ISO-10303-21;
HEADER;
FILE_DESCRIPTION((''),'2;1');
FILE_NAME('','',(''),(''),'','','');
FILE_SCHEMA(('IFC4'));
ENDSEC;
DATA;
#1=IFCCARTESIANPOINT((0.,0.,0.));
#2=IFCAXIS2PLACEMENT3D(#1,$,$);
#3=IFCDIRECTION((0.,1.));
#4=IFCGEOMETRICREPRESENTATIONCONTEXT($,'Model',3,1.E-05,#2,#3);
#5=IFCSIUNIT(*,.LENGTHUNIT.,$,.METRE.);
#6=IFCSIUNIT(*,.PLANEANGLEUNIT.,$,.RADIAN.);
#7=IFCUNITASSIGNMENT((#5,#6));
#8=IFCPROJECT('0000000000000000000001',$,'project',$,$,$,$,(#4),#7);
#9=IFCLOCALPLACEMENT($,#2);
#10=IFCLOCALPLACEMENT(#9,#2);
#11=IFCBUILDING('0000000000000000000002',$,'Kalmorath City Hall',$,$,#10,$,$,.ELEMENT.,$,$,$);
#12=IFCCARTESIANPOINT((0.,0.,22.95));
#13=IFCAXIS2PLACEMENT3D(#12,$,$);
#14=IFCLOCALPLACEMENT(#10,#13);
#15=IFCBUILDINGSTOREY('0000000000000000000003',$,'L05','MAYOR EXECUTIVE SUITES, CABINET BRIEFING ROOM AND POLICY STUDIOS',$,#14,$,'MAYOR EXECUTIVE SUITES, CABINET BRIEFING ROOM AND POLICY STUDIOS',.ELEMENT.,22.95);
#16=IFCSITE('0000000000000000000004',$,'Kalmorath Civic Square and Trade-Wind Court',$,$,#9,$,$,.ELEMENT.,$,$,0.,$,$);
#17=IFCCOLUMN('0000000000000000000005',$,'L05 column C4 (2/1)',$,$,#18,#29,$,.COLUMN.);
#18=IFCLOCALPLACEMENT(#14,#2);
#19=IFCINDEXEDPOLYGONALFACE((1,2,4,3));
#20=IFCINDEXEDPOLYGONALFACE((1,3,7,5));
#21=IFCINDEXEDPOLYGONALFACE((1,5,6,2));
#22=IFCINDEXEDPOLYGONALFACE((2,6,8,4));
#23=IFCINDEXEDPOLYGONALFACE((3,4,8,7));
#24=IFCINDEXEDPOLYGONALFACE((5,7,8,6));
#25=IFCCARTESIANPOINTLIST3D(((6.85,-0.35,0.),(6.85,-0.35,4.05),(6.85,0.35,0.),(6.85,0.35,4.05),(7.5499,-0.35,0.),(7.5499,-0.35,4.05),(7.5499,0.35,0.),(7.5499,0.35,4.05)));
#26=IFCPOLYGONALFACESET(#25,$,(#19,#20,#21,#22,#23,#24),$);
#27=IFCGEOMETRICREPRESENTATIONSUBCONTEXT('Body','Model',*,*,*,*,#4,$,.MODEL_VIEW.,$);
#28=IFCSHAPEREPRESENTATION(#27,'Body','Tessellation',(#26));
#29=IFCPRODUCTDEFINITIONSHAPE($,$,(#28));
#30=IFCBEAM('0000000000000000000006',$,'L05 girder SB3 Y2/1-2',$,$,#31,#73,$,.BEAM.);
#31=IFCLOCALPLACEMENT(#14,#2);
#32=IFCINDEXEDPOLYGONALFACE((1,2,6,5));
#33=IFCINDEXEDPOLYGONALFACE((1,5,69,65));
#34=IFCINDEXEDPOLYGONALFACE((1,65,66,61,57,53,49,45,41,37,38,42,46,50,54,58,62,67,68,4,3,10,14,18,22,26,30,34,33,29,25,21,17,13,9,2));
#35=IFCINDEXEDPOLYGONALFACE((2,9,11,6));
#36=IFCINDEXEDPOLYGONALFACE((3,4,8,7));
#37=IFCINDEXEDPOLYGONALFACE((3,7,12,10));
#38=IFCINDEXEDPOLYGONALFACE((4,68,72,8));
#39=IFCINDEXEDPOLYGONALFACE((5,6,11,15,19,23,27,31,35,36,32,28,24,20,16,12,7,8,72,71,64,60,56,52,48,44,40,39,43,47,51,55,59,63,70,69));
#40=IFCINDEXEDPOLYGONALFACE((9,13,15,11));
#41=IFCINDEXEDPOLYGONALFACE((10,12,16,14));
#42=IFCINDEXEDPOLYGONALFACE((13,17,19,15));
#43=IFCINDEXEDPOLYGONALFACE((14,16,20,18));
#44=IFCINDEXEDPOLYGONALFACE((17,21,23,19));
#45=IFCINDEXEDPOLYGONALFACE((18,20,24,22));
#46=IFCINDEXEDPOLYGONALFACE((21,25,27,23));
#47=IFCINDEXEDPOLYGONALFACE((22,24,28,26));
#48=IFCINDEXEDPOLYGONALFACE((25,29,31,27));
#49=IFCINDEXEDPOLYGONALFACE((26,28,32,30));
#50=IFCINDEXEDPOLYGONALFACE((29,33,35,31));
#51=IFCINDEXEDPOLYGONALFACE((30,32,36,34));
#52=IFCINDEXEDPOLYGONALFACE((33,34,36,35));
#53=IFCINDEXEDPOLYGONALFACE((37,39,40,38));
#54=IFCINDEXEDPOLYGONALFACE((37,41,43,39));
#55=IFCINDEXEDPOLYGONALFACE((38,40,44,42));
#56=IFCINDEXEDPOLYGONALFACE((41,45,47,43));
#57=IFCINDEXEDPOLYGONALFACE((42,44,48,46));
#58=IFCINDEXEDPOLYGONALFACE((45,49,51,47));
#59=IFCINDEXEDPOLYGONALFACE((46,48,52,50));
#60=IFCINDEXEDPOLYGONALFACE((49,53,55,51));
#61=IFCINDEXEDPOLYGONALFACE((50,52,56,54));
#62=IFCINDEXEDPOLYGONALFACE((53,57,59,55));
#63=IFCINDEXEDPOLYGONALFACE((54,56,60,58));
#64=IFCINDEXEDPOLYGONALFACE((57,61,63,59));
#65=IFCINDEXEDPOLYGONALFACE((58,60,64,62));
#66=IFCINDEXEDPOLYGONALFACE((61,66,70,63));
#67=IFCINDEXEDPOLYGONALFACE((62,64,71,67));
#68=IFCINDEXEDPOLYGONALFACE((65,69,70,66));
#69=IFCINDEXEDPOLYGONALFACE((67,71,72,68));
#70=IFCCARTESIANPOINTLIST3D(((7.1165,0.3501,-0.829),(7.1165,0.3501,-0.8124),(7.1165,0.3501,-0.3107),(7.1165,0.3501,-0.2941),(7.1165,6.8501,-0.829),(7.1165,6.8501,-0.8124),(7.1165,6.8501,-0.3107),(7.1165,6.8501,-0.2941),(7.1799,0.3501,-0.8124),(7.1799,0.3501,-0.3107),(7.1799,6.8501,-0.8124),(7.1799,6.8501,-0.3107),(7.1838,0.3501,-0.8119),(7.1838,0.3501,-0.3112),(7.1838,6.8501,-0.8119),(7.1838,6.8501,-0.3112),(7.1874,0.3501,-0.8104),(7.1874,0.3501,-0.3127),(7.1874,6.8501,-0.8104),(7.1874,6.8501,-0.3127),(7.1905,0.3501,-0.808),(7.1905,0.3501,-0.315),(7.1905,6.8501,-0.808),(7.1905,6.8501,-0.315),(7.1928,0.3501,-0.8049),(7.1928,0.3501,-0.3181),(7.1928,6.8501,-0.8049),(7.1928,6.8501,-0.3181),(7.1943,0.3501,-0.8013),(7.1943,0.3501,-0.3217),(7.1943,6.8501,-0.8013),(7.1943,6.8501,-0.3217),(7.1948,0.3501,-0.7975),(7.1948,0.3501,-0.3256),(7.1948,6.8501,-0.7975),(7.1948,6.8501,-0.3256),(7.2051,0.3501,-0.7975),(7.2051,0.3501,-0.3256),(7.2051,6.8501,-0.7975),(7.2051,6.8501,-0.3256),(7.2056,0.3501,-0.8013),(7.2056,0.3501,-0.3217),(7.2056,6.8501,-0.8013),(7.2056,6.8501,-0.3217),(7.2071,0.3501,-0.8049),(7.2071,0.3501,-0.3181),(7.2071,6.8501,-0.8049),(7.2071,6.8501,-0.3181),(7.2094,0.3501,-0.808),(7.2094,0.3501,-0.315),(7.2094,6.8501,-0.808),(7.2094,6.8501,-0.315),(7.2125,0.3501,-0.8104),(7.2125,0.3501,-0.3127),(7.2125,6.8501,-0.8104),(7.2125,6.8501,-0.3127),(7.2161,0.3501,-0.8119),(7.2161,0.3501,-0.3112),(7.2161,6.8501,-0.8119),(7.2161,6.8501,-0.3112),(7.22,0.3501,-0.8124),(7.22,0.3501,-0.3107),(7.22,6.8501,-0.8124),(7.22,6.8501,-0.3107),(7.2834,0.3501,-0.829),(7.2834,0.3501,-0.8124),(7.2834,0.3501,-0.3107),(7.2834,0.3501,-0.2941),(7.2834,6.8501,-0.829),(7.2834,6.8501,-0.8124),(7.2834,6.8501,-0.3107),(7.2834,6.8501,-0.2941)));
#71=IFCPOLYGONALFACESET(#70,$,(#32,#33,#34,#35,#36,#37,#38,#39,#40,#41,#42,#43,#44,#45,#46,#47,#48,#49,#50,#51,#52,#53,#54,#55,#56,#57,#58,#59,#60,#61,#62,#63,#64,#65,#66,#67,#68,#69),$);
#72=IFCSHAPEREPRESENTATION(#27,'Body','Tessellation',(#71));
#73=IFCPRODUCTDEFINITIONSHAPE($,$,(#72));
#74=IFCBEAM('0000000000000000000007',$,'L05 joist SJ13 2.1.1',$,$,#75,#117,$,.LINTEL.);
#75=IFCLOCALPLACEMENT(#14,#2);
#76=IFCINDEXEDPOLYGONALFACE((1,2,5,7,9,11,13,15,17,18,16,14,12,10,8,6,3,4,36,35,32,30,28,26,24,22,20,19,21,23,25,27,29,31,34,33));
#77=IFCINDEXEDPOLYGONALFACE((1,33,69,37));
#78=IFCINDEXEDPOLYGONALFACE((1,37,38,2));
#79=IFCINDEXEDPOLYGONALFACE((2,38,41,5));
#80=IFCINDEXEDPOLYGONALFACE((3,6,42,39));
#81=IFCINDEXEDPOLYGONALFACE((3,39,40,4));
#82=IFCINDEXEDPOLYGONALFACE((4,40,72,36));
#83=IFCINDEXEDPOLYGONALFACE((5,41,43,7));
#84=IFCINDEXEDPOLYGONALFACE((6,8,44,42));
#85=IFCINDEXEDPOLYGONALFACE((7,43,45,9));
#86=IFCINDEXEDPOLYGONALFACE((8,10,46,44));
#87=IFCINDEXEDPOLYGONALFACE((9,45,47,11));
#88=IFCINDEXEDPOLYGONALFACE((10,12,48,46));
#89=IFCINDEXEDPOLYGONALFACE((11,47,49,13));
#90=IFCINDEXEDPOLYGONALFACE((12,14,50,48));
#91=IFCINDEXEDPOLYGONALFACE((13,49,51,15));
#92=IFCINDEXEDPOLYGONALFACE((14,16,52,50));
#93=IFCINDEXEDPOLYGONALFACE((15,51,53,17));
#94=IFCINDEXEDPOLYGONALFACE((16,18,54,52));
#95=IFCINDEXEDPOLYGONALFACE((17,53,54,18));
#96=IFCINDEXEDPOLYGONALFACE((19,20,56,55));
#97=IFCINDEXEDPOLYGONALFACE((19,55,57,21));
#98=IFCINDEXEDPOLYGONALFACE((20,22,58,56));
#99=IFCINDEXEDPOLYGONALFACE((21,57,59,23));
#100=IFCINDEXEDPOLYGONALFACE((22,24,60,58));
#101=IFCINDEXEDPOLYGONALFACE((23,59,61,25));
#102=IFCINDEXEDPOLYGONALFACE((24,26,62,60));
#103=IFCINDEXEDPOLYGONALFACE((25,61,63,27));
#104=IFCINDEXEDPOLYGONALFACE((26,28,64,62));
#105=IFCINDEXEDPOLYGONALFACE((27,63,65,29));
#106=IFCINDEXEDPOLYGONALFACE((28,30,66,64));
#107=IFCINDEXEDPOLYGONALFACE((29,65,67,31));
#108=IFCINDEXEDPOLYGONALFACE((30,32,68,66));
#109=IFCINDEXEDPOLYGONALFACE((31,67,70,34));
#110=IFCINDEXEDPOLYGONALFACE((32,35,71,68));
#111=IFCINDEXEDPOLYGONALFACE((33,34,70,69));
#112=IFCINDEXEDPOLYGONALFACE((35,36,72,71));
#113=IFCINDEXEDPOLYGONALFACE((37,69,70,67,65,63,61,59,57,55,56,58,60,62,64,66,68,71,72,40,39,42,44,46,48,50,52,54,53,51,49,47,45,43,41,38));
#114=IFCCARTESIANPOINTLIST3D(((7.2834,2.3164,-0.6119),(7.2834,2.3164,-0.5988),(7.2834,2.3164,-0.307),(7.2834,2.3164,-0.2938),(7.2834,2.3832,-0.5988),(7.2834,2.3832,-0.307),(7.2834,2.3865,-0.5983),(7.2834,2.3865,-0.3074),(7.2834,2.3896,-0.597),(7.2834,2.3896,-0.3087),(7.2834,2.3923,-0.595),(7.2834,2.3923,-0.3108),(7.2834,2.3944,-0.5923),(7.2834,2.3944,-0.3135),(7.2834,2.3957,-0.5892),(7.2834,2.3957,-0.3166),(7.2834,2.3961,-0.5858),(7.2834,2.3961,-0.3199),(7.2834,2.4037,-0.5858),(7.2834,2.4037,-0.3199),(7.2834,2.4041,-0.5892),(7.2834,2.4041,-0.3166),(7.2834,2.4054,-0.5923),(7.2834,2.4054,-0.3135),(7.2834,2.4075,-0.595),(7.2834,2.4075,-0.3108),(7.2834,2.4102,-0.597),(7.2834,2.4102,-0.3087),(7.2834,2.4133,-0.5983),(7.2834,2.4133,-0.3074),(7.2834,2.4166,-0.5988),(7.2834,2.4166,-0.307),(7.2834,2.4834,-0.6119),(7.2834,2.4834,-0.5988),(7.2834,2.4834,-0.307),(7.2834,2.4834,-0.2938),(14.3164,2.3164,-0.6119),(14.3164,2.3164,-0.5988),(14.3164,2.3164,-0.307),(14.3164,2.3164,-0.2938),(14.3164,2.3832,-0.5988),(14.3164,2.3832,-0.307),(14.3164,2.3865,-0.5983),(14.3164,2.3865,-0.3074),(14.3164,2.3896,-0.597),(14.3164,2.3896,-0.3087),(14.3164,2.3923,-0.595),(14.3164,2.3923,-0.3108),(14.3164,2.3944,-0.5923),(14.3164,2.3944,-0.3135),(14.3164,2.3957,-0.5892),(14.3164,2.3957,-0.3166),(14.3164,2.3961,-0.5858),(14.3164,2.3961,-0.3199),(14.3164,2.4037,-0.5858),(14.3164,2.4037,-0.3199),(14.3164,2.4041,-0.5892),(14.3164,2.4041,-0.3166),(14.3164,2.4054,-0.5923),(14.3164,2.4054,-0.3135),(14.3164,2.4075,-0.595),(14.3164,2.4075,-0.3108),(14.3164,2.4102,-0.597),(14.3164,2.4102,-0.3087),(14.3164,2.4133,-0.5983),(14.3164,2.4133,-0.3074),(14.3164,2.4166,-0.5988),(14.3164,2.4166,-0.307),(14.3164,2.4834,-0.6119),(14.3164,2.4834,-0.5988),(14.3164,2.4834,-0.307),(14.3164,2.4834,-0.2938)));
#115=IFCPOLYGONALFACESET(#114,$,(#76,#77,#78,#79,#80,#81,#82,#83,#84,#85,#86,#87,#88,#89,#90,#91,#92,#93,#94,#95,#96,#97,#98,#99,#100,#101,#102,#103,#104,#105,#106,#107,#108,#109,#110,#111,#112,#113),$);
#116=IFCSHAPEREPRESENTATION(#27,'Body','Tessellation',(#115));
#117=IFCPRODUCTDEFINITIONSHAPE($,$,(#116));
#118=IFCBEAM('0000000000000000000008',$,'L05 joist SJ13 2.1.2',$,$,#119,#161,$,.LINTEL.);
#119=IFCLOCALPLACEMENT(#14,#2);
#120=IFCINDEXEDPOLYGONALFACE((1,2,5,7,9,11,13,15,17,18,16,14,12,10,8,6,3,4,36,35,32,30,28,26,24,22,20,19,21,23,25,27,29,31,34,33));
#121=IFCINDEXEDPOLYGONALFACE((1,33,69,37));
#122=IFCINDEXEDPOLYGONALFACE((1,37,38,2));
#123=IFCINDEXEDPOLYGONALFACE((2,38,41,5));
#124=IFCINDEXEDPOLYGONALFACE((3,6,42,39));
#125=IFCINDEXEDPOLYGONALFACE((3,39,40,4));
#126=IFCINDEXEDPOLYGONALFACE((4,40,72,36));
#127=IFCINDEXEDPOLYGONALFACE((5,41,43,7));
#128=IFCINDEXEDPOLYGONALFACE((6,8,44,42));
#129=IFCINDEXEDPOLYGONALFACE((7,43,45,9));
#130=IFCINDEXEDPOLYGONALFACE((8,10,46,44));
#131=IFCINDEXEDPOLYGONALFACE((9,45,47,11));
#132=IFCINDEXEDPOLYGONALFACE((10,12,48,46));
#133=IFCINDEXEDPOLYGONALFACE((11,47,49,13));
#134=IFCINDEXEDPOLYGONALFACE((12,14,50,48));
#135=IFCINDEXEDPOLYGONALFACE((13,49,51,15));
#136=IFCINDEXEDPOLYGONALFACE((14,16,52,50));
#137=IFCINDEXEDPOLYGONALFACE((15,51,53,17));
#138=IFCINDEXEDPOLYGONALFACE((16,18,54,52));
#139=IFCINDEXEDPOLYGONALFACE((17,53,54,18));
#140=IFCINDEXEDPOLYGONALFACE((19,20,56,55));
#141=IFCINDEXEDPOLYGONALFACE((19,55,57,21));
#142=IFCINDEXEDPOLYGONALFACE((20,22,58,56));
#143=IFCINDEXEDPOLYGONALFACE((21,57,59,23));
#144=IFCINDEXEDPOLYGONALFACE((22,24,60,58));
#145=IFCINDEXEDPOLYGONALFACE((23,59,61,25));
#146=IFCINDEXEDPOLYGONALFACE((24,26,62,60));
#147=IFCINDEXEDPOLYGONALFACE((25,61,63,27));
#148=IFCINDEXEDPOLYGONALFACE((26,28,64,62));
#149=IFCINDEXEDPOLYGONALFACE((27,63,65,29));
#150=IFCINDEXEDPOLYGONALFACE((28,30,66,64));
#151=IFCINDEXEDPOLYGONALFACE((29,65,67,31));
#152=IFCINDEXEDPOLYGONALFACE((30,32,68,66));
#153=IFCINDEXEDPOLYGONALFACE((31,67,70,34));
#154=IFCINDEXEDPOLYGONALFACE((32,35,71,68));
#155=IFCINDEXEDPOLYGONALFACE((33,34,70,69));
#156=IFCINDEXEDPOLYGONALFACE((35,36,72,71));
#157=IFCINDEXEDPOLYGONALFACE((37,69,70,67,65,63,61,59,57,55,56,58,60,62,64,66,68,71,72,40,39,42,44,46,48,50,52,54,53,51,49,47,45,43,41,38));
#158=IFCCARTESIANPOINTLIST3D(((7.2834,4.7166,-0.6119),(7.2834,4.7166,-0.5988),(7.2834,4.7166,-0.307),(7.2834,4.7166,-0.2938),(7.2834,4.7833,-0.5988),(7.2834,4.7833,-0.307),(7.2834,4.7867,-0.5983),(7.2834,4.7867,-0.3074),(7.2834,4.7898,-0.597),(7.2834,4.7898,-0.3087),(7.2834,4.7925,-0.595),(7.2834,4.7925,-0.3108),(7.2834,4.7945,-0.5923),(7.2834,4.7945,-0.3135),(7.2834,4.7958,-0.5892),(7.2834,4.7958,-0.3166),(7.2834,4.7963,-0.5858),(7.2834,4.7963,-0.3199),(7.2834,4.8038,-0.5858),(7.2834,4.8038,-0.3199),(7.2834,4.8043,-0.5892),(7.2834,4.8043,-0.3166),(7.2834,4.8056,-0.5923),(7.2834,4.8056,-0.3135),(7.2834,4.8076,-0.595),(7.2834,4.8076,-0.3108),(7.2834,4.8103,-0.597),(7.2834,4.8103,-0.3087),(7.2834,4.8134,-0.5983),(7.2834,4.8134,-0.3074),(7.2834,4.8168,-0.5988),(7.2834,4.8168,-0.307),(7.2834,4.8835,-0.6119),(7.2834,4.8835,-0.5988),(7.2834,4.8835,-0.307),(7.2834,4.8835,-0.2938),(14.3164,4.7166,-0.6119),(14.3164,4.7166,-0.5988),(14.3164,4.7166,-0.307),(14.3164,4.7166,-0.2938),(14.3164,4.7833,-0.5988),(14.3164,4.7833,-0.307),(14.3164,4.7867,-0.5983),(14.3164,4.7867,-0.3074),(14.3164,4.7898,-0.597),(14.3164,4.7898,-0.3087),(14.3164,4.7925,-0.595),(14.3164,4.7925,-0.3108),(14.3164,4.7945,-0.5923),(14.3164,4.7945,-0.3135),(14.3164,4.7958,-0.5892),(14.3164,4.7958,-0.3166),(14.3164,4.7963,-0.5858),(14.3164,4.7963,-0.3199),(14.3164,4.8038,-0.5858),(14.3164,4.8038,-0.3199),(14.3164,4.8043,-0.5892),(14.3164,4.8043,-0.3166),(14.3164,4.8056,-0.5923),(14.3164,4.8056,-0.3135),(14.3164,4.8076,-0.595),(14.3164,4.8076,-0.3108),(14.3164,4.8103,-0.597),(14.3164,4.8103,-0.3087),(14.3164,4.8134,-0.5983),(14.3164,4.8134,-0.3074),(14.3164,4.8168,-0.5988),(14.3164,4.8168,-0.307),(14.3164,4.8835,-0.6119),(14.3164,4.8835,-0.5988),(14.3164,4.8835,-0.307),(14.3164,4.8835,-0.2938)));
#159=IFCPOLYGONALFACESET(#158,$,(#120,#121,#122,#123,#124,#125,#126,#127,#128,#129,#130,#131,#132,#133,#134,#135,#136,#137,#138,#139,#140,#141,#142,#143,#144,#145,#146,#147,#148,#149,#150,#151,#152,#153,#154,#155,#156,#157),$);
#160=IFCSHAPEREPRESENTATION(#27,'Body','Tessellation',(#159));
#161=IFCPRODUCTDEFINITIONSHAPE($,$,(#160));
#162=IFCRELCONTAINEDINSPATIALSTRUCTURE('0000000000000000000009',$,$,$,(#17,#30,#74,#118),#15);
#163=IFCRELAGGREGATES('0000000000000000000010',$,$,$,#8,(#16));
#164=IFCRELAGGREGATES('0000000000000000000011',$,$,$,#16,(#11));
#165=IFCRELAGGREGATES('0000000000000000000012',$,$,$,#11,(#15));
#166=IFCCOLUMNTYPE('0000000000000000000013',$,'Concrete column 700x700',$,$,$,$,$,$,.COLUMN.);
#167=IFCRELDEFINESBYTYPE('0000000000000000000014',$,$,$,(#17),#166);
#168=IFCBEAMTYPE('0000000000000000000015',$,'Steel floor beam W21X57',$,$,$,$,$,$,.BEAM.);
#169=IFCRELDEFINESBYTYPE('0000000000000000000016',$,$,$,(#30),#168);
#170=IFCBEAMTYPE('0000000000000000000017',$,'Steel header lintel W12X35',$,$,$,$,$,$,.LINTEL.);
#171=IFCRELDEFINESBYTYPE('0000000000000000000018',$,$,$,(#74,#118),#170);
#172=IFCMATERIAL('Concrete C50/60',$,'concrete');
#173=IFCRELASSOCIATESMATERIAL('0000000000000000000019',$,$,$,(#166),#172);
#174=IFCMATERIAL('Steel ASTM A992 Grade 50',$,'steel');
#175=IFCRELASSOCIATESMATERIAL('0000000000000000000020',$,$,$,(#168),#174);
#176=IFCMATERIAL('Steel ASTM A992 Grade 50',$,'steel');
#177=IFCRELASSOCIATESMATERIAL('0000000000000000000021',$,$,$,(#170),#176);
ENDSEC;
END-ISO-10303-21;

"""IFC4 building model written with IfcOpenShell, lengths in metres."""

from ifc_helpers import new_model, si_unit, direction, frame, origin, origin_2d, place, context, subcontext, project, spatial, rectangle, i_section, extrude, material, material_profile, profile_set, type_object, element, save


model = new_model("IFC4")

# Units and contexts
model_context = context("Model", 3, precision=1e-05, world=origin(), true_north=direction((0.0, 1.0)))
body_context = subcontext(model_context, "Body", "Model", "MODEL_VIEW")
ifc_project = project(units=[si_unit("LENGTHUNIT", "METRE"), si_unit("PLANEANGLEUNIT", "RADIAN")], contexts=[model_context])

# Site, building, storey
site_placement = place(None, origin())
site = spatial("IfcSite", under=ifc_project, at=site_placement, Name="Kalmorath Civic Square and Trade-Wind Court", CompositionType="ELEMENT", RefElevation=0.0)
building_placement = place(site_placement, origin())
building = spatial("IfcBuilding", under=site, at=building_placement, Name="Kalmorath City Hall", CompositionType="ELEMENT")
storey_placement = place(building_placement, frame((0.0, 0.0, 22.95)))
storey = spatial("IfcBuildingStorey", under=building, at=storey_placement, Name="L05", Description="MAYOR EXECUTIVE SUITES, CABINET BRIEFING ROOM AND POLICY STUDIOS", LongName="MAYOR EXECUTIVE SUITES, CABINET BRIEFING ROOM AND POLICY STUDIOS", CompositionType="ELEMENT", Elevation=22.95)

# Column
ifc_material_1 = material(Name="Concrete C50/60", Category="concrete")
ifc_material_profile_1 = material_profile(ifc_material_1, rectangle(XDim=0.7, YDim=0.7, at=origin_2d()), Name="RC-COL-700X700")
ifc_profile_set_1 = profile_set([ifc_material_profile_1], Name="Concrete C50/60")
column_type = type_object("IfcColumnType", Name="Concrete column 700x700", PredefinedType="COLUMN", material=ifc_profile_set_1)
column_placement = place(storey_placement, frame((7.2, 0.0, 0.0), z_axis=(0.0, 0.0, 1.0), x_axis=(1.0, 0.0, 0.0)))
element("IfcColumn", 1, at=column_placement, inside=storey, type_object=column_type, Name="L05 column C4 (2/1)", PredefinedType="COLUMN", context=body_context, shape_type="SweptSolid", body=[
    extrude(rectangle(XDim=0.7, YDim=0.7, at=origin_2d()), origin(), (0.0, 0.0, 1.0), 4.05),
])

# Beams
ifc_material_2 = material(Name="Steel ASTM A992 Grade 50", Category="steel")
ifc_material_profile_2 = material_profile(ifc_material_2, i_section(OverallWidth=0.167, OverallDepth=0.5349, WebThickness=0.0103, FlangeThickness=0.0166, FilletRadius=0.0149, at=origin_2d()), Name="W21X57")
ifc_profile_set_2 = profile_set([ifc_material_profile_2], Name="Steel ASTM A992 Grade 50")
beam_type_1 = type_object("IfcBeamType", Name="Steel floor beam W21X57", PredefinedType="BEAM", material=ifc_profile_set_2)
beam_1_placement = place(storey_placement, frame((7.2, 0.3501, -0.5615), z_axis=(0.0, 1.0, 0.0), x_axis=(-1.0, 0.0, 0.0)))
element("IfcBeam", 2, at=beam_1_placement, inside=storey, type_object=beam_type_1, Name="L05 girder SB3 Y2/1-2", PredefinedType="BEAM", context=body_context, shape_type="SweptSolid", body=[
    extrude(i_section(OverallWidth=0.167, OverallDepth=0.5349, WebThickness=0.0103, FlangeThickness=0.0166, FilletRadius=0.0149, at=origin_2d()), origin(), (0.0, 0.0, 1.0), 6.5),
])
ifc_material_3 = material(Name="Steel ASTM A992 Grade 50", Category="steel")
ifc_material_profile_3 = material_profile(ifc_material_3, i_section(OverallWidth=0.167, OverallDepth=0.3181, WebThickness=0.0076, FlangeThickness=0.0132, FilletRadius=0.0129, at=origin_2d()), Name="W12X35")
ifc_profile_set_3 = profile_set([ifc_material_profile_3], Name="Steel ASTM A992 Grade 50")
beam_type_2 = type_object("IfcBeamType", Name="Steel header lintel W12X35", PredefinedType="LINTEL", material=ifc_profile_set_3)
for number, where, z_axis, x_axis, name in (
    (3, (7.2834, 2.3999, -0.4529), (1.0, 0.0, 0.0), (0.0, 1.0, 0.0), "L05 joist SJ13 2.1.1"),
    (4, (7.2834, 4.8, -0.4529), (1.0, 0.0, 0.0), (0.0, 1.0, 0.0), "L05 joist SJ13 2.1.2"),
):
    element("IfcBeam", number, at=place(storey_placement, frame(where, z_axis=z_axis, x_axis=x_axis)), inside=storey, type_object=beam_type_2, Name=name, PredefinedType="LINTEL", context=body_context, shape_type="SweptSolid", body=[
        extrude(i_section(OverallWidth=0.167, OverallDepth=0.3181, WebThickness=0.0076, FlangeThickness=0.0132, FilletRadius=0.0129, at=origin_2d()), origin(), (0.0, 0.0, 1.0), 7.033),
    ])

save(model, "model.ifc")
